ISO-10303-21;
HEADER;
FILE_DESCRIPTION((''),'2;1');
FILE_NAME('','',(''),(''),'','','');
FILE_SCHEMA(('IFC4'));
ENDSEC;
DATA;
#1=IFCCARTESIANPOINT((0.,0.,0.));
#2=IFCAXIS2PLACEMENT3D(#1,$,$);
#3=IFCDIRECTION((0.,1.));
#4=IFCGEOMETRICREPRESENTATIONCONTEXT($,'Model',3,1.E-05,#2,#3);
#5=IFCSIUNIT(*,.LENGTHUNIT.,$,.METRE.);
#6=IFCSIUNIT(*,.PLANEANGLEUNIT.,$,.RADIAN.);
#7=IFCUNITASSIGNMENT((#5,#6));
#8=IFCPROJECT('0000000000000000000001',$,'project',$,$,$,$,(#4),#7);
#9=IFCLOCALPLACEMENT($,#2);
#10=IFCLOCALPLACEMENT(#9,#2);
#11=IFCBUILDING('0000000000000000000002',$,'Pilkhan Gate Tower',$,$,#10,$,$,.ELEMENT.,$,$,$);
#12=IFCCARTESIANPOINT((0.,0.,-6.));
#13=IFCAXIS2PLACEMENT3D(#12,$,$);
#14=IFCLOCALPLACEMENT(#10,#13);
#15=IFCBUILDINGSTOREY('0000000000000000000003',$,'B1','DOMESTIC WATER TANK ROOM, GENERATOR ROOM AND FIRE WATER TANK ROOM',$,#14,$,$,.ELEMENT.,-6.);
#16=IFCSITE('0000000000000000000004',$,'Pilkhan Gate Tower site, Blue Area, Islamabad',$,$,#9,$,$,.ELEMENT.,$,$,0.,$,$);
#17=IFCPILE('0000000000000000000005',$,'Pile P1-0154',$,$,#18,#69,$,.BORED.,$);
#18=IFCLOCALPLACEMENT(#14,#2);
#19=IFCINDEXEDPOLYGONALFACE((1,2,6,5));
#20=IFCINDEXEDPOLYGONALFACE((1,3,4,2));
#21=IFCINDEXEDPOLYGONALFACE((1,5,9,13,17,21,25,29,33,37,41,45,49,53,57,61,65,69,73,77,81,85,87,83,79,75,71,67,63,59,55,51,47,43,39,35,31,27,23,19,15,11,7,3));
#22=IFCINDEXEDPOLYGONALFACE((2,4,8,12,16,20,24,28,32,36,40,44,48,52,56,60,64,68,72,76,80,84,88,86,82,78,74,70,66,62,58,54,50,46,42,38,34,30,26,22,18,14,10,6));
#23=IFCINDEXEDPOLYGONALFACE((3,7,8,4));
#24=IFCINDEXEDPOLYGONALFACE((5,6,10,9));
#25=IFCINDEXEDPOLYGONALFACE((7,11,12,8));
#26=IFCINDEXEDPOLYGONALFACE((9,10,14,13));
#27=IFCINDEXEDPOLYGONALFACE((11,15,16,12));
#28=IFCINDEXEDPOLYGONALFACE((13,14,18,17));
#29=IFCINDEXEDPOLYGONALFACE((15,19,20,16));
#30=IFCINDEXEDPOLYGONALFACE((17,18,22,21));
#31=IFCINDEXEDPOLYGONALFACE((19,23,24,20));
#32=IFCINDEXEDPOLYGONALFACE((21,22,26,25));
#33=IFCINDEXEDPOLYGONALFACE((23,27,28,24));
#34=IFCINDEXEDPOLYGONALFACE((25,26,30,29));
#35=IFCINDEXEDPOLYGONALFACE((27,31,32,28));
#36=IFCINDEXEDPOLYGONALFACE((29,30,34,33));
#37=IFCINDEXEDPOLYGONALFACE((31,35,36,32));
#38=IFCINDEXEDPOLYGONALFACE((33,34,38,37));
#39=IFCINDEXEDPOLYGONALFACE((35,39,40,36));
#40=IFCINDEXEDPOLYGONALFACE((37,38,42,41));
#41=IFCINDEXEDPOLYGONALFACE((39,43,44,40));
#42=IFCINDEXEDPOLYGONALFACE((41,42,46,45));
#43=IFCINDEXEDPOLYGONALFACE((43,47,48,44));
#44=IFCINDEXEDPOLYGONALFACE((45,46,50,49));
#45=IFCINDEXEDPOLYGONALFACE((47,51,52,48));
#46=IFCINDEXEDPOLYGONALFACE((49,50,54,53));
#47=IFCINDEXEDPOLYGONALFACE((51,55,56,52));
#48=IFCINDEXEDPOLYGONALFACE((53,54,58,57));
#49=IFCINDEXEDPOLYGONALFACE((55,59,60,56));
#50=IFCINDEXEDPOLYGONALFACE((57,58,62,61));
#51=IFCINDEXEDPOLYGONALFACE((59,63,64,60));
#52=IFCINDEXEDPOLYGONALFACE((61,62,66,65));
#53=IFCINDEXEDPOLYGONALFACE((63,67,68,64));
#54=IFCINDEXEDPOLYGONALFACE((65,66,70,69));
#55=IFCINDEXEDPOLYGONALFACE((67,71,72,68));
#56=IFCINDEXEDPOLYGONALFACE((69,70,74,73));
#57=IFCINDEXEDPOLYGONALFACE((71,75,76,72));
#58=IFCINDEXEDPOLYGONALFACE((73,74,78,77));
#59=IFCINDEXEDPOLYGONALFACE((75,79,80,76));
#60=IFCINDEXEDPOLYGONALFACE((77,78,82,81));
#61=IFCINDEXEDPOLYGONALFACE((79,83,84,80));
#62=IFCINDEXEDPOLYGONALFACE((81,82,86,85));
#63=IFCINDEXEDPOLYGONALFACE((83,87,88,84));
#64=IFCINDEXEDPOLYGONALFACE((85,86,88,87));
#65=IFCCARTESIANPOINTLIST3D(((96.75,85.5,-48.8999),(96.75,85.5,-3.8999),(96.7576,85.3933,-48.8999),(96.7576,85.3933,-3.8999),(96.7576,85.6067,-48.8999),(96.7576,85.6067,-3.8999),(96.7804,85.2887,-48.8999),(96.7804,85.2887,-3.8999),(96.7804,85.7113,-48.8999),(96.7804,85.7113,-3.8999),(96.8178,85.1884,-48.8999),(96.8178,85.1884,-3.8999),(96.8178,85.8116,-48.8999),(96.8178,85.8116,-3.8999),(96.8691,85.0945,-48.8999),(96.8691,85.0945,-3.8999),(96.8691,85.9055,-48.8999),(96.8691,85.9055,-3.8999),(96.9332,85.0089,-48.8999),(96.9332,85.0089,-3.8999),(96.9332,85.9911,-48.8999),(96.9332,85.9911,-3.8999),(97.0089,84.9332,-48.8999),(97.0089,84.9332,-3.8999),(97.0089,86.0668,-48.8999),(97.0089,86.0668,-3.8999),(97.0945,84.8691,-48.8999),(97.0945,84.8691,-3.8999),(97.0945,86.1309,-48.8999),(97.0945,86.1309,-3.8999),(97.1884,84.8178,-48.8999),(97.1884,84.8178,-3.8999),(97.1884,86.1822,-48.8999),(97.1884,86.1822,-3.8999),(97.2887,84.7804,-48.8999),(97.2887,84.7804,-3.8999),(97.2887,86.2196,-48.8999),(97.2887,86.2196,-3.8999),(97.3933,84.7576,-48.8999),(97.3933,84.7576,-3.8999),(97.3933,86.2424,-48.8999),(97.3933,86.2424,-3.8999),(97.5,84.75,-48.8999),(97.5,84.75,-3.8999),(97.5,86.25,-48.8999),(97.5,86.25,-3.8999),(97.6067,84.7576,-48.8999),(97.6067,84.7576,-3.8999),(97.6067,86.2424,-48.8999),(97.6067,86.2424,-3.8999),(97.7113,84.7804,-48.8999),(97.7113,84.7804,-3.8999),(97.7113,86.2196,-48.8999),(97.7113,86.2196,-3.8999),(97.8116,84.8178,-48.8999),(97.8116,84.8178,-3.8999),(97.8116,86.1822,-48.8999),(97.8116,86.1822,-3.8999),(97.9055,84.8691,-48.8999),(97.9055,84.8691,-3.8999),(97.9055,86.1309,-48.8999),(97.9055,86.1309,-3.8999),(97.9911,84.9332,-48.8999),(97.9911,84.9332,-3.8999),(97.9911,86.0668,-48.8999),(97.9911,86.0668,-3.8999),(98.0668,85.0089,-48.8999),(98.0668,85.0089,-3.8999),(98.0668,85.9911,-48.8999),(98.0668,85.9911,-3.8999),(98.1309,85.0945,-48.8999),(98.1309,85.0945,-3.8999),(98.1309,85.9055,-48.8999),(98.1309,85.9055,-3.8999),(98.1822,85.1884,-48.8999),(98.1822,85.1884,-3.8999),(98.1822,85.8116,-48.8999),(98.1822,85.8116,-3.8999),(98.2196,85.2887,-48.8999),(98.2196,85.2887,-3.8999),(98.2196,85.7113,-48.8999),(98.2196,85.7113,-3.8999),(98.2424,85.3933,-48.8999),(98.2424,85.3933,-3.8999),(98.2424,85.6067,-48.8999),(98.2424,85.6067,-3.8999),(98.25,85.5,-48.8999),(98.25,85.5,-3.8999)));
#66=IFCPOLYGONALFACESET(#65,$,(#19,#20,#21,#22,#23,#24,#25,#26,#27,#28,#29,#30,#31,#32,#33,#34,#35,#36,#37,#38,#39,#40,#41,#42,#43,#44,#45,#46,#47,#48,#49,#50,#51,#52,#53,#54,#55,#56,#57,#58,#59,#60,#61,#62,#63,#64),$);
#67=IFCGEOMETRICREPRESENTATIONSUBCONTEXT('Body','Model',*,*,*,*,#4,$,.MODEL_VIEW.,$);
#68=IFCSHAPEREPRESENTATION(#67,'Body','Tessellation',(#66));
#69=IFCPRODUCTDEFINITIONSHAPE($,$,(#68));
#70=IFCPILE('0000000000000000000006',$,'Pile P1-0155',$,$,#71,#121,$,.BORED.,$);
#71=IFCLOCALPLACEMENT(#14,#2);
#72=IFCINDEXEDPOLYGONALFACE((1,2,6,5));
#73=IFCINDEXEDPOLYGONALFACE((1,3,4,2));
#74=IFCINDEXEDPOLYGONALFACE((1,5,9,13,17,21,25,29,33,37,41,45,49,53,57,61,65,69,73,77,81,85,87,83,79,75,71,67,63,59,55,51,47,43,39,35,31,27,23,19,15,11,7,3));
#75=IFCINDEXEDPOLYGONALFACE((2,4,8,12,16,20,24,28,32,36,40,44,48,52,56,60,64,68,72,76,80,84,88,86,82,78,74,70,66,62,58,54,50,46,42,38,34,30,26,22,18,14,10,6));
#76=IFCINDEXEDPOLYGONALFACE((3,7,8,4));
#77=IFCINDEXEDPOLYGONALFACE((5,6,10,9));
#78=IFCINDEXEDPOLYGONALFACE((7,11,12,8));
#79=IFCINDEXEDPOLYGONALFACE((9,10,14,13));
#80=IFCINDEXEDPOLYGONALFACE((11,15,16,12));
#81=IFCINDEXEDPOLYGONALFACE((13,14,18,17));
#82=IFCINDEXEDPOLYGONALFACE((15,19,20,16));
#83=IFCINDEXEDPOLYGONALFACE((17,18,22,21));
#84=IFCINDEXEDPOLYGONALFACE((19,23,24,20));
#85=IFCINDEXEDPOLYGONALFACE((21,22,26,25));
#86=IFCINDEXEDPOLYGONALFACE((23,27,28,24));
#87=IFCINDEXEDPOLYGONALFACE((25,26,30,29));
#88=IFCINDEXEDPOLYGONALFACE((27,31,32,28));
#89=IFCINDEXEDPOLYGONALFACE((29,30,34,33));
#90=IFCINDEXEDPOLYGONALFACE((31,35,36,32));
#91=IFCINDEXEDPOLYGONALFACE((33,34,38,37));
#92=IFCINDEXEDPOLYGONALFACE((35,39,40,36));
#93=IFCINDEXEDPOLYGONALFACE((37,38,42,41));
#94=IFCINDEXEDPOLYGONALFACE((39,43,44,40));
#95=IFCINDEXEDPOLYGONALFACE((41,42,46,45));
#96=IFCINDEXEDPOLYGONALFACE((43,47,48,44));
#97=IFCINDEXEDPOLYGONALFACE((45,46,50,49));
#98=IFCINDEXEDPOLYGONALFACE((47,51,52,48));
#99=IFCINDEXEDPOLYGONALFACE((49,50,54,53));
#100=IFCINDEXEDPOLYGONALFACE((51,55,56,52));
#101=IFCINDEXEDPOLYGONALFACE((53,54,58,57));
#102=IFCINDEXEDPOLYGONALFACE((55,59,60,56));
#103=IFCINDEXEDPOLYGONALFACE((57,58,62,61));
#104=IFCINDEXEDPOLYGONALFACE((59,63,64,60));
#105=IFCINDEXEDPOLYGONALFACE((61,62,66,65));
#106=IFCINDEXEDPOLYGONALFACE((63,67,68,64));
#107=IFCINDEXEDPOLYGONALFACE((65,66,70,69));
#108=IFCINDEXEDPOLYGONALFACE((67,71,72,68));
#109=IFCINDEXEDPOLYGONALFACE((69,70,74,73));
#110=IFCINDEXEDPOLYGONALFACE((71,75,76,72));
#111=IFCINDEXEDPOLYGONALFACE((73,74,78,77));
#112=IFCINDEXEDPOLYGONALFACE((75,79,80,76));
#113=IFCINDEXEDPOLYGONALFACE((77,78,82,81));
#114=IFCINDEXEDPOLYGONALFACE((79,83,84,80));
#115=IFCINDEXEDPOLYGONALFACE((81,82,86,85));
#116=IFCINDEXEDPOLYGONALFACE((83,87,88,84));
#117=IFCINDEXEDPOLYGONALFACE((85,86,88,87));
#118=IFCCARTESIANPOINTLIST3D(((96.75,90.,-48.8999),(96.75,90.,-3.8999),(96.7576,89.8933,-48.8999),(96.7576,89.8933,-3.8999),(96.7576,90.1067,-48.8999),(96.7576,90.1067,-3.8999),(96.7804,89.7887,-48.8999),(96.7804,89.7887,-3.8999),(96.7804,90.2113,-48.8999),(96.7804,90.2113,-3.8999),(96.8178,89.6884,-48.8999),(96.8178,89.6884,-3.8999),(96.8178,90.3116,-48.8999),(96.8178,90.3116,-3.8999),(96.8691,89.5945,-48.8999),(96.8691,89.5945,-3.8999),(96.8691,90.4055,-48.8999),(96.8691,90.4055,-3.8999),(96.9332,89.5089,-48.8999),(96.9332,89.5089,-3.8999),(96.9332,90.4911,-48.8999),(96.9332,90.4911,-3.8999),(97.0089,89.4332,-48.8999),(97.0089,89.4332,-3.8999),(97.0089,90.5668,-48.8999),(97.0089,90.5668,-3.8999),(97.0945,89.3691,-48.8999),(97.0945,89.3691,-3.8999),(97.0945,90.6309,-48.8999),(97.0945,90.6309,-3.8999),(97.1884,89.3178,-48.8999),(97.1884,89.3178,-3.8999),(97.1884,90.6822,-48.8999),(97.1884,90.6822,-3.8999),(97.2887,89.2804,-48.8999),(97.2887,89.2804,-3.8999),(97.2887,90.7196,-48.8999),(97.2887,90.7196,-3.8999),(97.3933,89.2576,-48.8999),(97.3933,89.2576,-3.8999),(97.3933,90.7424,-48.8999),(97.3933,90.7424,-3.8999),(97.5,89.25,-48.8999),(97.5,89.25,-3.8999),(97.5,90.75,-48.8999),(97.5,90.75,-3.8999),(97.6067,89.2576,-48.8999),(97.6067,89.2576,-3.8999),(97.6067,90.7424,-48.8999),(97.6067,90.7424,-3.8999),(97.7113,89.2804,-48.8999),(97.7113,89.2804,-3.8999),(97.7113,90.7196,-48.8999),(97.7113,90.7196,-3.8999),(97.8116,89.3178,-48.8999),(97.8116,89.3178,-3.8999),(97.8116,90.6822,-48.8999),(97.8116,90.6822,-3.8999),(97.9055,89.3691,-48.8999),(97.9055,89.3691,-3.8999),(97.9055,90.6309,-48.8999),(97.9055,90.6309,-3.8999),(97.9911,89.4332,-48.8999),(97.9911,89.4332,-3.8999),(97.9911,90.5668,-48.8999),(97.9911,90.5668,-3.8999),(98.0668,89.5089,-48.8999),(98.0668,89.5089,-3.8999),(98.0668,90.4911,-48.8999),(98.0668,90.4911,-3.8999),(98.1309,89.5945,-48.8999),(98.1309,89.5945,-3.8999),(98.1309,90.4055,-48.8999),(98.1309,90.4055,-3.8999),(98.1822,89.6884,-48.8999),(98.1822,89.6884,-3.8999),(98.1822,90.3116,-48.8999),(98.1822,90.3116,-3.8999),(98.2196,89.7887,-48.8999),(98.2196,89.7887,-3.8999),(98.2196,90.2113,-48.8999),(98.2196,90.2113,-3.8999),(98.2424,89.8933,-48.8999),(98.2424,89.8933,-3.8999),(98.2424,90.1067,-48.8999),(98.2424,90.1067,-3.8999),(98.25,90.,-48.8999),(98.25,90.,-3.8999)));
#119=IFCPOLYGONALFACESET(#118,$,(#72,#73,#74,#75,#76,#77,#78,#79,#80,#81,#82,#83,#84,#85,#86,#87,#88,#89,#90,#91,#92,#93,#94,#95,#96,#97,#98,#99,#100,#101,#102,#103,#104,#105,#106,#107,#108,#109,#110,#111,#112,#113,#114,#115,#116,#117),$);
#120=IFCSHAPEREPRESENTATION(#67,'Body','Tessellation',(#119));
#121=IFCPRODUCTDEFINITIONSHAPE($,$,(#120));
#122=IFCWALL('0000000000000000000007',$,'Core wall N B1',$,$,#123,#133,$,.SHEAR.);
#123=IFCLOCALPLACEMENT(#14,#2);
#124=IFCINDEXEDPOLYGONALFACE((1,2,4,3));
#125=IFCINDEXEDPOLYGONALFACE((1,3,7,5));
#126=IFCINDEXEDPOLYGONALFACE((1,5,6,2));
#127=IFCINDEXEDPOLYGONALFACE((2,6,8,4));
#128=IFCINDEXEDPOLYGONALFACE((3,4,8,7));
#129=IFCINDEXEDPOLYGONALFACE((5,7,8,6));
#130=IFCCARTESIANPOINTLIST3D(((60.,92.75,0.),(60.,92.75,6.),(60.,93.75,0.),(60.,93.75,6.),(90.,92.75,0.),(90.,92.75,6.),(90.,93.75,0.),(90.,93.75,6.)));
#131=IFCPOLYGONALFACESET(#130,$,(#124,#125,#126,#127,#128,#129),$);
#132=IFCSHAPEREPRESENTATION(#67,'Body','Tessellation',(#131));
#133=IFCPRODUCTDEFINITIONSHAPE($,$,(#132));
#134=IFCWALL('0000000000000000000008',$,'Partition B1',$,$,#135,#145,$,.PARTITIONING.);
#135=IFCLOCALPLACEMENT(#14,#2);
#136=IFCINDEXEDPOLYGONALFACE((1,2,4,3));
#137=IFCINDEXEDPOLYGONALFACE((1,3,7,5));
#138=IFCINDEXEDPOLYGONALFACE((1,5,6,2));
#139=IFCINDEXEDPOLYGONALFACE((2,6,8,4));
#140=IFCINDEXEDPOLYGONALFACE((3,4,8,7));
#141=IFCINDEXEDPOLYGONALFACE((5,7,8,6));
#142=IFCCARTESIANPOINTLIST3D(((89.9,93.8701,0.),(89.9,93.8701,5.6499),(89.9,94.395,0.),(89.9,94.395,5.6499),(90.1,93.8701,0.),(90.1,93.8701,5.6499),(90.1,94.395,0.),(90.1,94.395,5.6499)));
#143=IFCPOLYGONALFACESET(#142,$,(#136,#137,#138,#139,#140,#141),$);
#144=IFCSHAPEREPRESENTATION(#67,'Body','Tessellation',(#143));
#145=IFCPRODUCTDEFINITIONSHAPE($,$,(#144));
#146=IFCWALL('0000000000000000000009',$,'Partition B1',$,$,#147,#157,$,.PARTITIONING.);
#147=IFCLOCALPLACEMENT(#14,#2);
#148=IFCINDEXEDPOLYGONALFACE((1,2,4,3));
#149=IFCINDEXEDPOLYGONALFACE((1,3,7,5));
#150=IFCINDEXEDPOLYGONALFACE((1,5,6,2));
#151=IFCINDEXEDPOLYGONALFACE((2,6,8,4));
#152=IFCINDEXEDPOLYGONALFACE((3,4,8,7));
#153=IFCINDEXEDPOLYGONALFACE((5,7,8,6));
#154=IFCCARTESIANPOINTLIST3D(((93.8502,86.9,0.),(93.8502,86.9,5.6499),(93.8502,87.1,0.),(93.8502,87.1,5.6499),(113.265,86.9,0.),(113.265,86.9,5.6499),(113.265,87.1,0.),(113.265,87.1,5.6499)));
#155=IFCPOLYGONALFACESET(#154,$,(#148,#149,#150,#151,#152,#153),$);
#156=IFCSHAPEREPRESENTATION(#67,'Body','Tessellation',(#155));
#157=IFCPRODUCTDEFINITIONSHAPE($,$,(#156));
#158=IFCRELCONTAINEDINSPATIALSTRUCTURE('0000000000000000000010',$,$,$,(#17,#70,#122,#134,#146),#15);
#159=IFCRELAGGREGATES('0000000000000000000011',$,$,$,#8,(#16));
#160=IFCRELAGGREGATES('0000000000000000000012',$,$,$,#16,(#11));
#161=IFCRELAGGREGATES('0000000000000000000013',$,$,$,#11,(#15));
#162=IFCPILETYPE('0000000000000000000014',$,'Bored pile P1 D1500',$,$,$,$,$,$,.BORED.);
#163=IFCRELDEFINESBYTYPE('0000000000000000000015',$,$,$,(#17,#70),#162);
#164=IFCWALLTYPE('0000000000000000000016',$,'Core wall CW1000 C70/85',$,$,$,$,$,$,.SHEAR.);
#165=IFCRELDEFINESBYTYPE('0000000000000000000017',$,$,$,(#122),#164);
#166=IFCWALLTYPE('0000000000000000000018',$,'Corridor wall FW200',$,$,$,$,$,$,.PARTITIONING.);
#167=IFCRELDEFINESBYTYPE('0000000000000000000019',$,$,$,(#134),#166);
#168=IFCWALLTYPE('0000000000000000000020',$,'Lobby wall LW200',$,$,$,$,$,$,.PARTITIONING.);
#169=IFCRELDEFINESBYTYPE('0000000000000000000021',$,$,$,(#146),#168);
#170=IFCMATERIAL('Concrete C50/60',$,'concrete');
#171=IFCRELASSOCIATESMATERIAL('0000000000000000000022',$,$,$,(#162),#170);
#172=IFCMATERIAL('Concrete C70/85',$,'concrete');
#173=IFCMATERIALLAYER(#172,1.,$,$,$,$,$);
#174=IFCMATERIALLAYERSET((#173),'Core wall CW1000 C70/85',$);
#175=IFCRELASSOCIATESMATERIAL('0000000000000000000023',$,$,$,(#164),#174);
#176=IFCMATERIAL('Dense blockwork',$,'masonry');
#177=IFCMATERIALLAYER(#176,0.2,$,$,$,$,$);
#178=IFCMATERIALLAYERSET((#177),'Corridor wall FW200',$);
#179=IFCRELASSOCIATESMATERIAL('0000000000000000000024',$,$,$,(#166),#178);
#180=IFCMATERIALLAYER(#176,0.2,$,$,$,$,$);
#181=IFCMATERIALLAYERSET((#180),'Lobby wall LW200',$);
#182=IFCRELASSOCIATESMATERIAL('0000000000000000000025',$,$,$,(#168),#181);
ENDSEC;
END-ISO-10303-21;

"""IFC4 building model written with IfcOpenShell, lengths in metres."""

from ifc_helpers import new_model, si_unit, direction, frame, frame_2d, origin, origin_2d, place, context, subcontext, project, spatial, rectangle, circle, extrude, material, layer, layer_set, material_profile, profile_set, type_object, element, save


model = new_model("IFC4")

# Units and contexts
model_context = context("Model", 3, precision=1e-05, world=origin(), true_north=direction((0.0, 1.0)))
body_context = subcontext(model_context, "Body", "Model", "MODEL_VIEW")
ifc_project = project(units=[si_unit("LENGTHUNIT", "METRE"), si_unit("PLANEANGLEUNIT", "RADIAN")], contexts=[model_context])

# Site, building, storey
site_placement = place(None, origin())
site = spatial("IfcSite", under=ifc_project, at=site_placement, Name="Pilkhan Gate Tower site, Blue Area, Islamabad", CompositionType="ELEMENT", RefElevation=0.0)
building_placement = place(site_placement, origin())
building = spatial("IfcBuilding", under=site, at=building_placement, Name="Pilkhan Gate Tower", CompositionType="ELEMENT")
storey_placement = place(building_placement, frame((0.0, 0.0, -6.0)))
storey = spatial("IfcBuildingStorey", under=building, at=storey_placement, Name="B1", Description="DOMESTIC WATER TANK ROOM, GENERATOR ROOM AND FIRE WATER TANK ROOM", CompositionType="ELEMENT", Elevation=-6.0)

# Piles
ifc_material_1 = material(Name="Concrete C50/60", Category="concrete")
ifc_material_profile = material_profile(ifc_material_1, circle(Radius=0.75, at=origin_2d()), Name="Bored pile 1500 dia")
ifc_profile_set = profile_set([ifc_material_profile], Name="Concrete C50/60")
pile_type = type_object("IfcPileType", Name="Bored pile P1 D1500", PredefinedType="BORED", material=ifc_profile_set)
for number, where, z_axis, x_axis, name in (
    (1, (97.5, 85.5, -3.8999), (0.0, 0.0, -1.0), (1.0, 0.0, 0.0), "Pile P1-0154"),
    (2, (97.5, 90.0, -3.8999), (0.0, 0.0, -1.0), (1.0, 0.0, 0.0), "Pile P1-0155"),
):
    element("IfcPile", number, at=place(storey_placement, frame(where, z_axis=z_axis, x_axis=x_axis)), inside=storey, type_object=pile_type, Name=name, PredefinedType="BORED", context=body_context, shape_type="SweptSolid", body=[
        extrude(circle(Radius=0.75, at=origin_2d()), origin(), (0.0, 0.0, 1.0), 45.0),
    ])

# Walls
ifc_material_2 = material(Name="Concrete C70/85", Category="concrete")
ifc_layer_1 = layer(ifc_material_2, 1.0)
ifc_layer_set_1 = layer_set([ifc_layer_1], Name="Core wall CW1000 C70/85")
wall_type_1 = type_object("IfcWallType", Name="Core wall CW1000 C70/85", PredefinedType="SHEAR", material=ifc_layer_set_1)
wall_1_placement = place(storey_placement, frame((90.0, 93.25, 0.0), z_axis=(0.0, 0.0, 1.0), x_axis=(-1.0, 0.0, 0.0)))
element("IfcWall", 3, at=wall_1_placement, inside=storey, type_object=wall_type_1, Name="Core wall N B1", PredefinedType="SHEAR", context=body_context, shape_type="SweptSolid", body=[
    extrude(rectangle(XDim=30.0, YDim=1.0, at=frame_2d((15.0, 0.0))), origin(), (0.0, 0.0, 1.0), 6.0),
])
ifc_material_3 = material(Name="Dense blockwork", Category="masonry")
ifc_layer_2 = layer(ifc_material_3, 0.2)
ifc_layer_set_2 = layer_set([ifc_layer_2], Name="Corridor wall FW200")
wall_type_2 = type_object("IfcWallType", Name="Corridor wall FW200", PredefinedType="PARTITIONING", material=ifc_layer_set_2)
wall_2_placement = place(storey_placement, frame((90.0, 93.8701, 0.0), z_axis=(0.0, 0.0, 1.0), x_axis=(0.0, 1.0, 0.0)))
element("IfcWall", 4, at=wall_2_placement, inside=storey, type_object=wall_type_2, Name="Partition B1", PredefinedType="PARTITIONING", context=body_context, shape_type="SweptSolid", body=[
    extrude(rectangle(XDim=0.5249, YDim=0.2, at=frame_2d((0.2625, 0.0))), origin(), (0.0, 0.0, 1.0), 5.6499),
])
ifc_layer_3 = layer(ifc_material_3, 0.2)
ifc_layer_set_3 = layer_set([ifc_layer_3], Name="Lobby wall LW200")
wall_type_3 = type_object("IfcWallType", Name="Lobby wall LW200", PredefinedType="PARTITIONING", material=ifc_layer_set_3)
wall_3_placement = place(storey_placement, frame((93.8501, 87.0, 0.0), z_axis=(0.0, 0.0, 1.0), x_axis=(1.0, 0.0, 0.0)))
element("IfcWall", 5, at=wall_3_placement, inside=storey, type_object=wall_type_3, Name="Partition B1", PredefinedType="PARTITIONING", context=body_context, shape_type="SweptSolid", body=[
    extrude(rectangle(XDim=19.4148, YDim=0.2, at=frame_2d((9.7075, 0.0))), origin(), (0.0, 0.0, 1.0), 5.6499),
])

save(model, "model.ifc")
